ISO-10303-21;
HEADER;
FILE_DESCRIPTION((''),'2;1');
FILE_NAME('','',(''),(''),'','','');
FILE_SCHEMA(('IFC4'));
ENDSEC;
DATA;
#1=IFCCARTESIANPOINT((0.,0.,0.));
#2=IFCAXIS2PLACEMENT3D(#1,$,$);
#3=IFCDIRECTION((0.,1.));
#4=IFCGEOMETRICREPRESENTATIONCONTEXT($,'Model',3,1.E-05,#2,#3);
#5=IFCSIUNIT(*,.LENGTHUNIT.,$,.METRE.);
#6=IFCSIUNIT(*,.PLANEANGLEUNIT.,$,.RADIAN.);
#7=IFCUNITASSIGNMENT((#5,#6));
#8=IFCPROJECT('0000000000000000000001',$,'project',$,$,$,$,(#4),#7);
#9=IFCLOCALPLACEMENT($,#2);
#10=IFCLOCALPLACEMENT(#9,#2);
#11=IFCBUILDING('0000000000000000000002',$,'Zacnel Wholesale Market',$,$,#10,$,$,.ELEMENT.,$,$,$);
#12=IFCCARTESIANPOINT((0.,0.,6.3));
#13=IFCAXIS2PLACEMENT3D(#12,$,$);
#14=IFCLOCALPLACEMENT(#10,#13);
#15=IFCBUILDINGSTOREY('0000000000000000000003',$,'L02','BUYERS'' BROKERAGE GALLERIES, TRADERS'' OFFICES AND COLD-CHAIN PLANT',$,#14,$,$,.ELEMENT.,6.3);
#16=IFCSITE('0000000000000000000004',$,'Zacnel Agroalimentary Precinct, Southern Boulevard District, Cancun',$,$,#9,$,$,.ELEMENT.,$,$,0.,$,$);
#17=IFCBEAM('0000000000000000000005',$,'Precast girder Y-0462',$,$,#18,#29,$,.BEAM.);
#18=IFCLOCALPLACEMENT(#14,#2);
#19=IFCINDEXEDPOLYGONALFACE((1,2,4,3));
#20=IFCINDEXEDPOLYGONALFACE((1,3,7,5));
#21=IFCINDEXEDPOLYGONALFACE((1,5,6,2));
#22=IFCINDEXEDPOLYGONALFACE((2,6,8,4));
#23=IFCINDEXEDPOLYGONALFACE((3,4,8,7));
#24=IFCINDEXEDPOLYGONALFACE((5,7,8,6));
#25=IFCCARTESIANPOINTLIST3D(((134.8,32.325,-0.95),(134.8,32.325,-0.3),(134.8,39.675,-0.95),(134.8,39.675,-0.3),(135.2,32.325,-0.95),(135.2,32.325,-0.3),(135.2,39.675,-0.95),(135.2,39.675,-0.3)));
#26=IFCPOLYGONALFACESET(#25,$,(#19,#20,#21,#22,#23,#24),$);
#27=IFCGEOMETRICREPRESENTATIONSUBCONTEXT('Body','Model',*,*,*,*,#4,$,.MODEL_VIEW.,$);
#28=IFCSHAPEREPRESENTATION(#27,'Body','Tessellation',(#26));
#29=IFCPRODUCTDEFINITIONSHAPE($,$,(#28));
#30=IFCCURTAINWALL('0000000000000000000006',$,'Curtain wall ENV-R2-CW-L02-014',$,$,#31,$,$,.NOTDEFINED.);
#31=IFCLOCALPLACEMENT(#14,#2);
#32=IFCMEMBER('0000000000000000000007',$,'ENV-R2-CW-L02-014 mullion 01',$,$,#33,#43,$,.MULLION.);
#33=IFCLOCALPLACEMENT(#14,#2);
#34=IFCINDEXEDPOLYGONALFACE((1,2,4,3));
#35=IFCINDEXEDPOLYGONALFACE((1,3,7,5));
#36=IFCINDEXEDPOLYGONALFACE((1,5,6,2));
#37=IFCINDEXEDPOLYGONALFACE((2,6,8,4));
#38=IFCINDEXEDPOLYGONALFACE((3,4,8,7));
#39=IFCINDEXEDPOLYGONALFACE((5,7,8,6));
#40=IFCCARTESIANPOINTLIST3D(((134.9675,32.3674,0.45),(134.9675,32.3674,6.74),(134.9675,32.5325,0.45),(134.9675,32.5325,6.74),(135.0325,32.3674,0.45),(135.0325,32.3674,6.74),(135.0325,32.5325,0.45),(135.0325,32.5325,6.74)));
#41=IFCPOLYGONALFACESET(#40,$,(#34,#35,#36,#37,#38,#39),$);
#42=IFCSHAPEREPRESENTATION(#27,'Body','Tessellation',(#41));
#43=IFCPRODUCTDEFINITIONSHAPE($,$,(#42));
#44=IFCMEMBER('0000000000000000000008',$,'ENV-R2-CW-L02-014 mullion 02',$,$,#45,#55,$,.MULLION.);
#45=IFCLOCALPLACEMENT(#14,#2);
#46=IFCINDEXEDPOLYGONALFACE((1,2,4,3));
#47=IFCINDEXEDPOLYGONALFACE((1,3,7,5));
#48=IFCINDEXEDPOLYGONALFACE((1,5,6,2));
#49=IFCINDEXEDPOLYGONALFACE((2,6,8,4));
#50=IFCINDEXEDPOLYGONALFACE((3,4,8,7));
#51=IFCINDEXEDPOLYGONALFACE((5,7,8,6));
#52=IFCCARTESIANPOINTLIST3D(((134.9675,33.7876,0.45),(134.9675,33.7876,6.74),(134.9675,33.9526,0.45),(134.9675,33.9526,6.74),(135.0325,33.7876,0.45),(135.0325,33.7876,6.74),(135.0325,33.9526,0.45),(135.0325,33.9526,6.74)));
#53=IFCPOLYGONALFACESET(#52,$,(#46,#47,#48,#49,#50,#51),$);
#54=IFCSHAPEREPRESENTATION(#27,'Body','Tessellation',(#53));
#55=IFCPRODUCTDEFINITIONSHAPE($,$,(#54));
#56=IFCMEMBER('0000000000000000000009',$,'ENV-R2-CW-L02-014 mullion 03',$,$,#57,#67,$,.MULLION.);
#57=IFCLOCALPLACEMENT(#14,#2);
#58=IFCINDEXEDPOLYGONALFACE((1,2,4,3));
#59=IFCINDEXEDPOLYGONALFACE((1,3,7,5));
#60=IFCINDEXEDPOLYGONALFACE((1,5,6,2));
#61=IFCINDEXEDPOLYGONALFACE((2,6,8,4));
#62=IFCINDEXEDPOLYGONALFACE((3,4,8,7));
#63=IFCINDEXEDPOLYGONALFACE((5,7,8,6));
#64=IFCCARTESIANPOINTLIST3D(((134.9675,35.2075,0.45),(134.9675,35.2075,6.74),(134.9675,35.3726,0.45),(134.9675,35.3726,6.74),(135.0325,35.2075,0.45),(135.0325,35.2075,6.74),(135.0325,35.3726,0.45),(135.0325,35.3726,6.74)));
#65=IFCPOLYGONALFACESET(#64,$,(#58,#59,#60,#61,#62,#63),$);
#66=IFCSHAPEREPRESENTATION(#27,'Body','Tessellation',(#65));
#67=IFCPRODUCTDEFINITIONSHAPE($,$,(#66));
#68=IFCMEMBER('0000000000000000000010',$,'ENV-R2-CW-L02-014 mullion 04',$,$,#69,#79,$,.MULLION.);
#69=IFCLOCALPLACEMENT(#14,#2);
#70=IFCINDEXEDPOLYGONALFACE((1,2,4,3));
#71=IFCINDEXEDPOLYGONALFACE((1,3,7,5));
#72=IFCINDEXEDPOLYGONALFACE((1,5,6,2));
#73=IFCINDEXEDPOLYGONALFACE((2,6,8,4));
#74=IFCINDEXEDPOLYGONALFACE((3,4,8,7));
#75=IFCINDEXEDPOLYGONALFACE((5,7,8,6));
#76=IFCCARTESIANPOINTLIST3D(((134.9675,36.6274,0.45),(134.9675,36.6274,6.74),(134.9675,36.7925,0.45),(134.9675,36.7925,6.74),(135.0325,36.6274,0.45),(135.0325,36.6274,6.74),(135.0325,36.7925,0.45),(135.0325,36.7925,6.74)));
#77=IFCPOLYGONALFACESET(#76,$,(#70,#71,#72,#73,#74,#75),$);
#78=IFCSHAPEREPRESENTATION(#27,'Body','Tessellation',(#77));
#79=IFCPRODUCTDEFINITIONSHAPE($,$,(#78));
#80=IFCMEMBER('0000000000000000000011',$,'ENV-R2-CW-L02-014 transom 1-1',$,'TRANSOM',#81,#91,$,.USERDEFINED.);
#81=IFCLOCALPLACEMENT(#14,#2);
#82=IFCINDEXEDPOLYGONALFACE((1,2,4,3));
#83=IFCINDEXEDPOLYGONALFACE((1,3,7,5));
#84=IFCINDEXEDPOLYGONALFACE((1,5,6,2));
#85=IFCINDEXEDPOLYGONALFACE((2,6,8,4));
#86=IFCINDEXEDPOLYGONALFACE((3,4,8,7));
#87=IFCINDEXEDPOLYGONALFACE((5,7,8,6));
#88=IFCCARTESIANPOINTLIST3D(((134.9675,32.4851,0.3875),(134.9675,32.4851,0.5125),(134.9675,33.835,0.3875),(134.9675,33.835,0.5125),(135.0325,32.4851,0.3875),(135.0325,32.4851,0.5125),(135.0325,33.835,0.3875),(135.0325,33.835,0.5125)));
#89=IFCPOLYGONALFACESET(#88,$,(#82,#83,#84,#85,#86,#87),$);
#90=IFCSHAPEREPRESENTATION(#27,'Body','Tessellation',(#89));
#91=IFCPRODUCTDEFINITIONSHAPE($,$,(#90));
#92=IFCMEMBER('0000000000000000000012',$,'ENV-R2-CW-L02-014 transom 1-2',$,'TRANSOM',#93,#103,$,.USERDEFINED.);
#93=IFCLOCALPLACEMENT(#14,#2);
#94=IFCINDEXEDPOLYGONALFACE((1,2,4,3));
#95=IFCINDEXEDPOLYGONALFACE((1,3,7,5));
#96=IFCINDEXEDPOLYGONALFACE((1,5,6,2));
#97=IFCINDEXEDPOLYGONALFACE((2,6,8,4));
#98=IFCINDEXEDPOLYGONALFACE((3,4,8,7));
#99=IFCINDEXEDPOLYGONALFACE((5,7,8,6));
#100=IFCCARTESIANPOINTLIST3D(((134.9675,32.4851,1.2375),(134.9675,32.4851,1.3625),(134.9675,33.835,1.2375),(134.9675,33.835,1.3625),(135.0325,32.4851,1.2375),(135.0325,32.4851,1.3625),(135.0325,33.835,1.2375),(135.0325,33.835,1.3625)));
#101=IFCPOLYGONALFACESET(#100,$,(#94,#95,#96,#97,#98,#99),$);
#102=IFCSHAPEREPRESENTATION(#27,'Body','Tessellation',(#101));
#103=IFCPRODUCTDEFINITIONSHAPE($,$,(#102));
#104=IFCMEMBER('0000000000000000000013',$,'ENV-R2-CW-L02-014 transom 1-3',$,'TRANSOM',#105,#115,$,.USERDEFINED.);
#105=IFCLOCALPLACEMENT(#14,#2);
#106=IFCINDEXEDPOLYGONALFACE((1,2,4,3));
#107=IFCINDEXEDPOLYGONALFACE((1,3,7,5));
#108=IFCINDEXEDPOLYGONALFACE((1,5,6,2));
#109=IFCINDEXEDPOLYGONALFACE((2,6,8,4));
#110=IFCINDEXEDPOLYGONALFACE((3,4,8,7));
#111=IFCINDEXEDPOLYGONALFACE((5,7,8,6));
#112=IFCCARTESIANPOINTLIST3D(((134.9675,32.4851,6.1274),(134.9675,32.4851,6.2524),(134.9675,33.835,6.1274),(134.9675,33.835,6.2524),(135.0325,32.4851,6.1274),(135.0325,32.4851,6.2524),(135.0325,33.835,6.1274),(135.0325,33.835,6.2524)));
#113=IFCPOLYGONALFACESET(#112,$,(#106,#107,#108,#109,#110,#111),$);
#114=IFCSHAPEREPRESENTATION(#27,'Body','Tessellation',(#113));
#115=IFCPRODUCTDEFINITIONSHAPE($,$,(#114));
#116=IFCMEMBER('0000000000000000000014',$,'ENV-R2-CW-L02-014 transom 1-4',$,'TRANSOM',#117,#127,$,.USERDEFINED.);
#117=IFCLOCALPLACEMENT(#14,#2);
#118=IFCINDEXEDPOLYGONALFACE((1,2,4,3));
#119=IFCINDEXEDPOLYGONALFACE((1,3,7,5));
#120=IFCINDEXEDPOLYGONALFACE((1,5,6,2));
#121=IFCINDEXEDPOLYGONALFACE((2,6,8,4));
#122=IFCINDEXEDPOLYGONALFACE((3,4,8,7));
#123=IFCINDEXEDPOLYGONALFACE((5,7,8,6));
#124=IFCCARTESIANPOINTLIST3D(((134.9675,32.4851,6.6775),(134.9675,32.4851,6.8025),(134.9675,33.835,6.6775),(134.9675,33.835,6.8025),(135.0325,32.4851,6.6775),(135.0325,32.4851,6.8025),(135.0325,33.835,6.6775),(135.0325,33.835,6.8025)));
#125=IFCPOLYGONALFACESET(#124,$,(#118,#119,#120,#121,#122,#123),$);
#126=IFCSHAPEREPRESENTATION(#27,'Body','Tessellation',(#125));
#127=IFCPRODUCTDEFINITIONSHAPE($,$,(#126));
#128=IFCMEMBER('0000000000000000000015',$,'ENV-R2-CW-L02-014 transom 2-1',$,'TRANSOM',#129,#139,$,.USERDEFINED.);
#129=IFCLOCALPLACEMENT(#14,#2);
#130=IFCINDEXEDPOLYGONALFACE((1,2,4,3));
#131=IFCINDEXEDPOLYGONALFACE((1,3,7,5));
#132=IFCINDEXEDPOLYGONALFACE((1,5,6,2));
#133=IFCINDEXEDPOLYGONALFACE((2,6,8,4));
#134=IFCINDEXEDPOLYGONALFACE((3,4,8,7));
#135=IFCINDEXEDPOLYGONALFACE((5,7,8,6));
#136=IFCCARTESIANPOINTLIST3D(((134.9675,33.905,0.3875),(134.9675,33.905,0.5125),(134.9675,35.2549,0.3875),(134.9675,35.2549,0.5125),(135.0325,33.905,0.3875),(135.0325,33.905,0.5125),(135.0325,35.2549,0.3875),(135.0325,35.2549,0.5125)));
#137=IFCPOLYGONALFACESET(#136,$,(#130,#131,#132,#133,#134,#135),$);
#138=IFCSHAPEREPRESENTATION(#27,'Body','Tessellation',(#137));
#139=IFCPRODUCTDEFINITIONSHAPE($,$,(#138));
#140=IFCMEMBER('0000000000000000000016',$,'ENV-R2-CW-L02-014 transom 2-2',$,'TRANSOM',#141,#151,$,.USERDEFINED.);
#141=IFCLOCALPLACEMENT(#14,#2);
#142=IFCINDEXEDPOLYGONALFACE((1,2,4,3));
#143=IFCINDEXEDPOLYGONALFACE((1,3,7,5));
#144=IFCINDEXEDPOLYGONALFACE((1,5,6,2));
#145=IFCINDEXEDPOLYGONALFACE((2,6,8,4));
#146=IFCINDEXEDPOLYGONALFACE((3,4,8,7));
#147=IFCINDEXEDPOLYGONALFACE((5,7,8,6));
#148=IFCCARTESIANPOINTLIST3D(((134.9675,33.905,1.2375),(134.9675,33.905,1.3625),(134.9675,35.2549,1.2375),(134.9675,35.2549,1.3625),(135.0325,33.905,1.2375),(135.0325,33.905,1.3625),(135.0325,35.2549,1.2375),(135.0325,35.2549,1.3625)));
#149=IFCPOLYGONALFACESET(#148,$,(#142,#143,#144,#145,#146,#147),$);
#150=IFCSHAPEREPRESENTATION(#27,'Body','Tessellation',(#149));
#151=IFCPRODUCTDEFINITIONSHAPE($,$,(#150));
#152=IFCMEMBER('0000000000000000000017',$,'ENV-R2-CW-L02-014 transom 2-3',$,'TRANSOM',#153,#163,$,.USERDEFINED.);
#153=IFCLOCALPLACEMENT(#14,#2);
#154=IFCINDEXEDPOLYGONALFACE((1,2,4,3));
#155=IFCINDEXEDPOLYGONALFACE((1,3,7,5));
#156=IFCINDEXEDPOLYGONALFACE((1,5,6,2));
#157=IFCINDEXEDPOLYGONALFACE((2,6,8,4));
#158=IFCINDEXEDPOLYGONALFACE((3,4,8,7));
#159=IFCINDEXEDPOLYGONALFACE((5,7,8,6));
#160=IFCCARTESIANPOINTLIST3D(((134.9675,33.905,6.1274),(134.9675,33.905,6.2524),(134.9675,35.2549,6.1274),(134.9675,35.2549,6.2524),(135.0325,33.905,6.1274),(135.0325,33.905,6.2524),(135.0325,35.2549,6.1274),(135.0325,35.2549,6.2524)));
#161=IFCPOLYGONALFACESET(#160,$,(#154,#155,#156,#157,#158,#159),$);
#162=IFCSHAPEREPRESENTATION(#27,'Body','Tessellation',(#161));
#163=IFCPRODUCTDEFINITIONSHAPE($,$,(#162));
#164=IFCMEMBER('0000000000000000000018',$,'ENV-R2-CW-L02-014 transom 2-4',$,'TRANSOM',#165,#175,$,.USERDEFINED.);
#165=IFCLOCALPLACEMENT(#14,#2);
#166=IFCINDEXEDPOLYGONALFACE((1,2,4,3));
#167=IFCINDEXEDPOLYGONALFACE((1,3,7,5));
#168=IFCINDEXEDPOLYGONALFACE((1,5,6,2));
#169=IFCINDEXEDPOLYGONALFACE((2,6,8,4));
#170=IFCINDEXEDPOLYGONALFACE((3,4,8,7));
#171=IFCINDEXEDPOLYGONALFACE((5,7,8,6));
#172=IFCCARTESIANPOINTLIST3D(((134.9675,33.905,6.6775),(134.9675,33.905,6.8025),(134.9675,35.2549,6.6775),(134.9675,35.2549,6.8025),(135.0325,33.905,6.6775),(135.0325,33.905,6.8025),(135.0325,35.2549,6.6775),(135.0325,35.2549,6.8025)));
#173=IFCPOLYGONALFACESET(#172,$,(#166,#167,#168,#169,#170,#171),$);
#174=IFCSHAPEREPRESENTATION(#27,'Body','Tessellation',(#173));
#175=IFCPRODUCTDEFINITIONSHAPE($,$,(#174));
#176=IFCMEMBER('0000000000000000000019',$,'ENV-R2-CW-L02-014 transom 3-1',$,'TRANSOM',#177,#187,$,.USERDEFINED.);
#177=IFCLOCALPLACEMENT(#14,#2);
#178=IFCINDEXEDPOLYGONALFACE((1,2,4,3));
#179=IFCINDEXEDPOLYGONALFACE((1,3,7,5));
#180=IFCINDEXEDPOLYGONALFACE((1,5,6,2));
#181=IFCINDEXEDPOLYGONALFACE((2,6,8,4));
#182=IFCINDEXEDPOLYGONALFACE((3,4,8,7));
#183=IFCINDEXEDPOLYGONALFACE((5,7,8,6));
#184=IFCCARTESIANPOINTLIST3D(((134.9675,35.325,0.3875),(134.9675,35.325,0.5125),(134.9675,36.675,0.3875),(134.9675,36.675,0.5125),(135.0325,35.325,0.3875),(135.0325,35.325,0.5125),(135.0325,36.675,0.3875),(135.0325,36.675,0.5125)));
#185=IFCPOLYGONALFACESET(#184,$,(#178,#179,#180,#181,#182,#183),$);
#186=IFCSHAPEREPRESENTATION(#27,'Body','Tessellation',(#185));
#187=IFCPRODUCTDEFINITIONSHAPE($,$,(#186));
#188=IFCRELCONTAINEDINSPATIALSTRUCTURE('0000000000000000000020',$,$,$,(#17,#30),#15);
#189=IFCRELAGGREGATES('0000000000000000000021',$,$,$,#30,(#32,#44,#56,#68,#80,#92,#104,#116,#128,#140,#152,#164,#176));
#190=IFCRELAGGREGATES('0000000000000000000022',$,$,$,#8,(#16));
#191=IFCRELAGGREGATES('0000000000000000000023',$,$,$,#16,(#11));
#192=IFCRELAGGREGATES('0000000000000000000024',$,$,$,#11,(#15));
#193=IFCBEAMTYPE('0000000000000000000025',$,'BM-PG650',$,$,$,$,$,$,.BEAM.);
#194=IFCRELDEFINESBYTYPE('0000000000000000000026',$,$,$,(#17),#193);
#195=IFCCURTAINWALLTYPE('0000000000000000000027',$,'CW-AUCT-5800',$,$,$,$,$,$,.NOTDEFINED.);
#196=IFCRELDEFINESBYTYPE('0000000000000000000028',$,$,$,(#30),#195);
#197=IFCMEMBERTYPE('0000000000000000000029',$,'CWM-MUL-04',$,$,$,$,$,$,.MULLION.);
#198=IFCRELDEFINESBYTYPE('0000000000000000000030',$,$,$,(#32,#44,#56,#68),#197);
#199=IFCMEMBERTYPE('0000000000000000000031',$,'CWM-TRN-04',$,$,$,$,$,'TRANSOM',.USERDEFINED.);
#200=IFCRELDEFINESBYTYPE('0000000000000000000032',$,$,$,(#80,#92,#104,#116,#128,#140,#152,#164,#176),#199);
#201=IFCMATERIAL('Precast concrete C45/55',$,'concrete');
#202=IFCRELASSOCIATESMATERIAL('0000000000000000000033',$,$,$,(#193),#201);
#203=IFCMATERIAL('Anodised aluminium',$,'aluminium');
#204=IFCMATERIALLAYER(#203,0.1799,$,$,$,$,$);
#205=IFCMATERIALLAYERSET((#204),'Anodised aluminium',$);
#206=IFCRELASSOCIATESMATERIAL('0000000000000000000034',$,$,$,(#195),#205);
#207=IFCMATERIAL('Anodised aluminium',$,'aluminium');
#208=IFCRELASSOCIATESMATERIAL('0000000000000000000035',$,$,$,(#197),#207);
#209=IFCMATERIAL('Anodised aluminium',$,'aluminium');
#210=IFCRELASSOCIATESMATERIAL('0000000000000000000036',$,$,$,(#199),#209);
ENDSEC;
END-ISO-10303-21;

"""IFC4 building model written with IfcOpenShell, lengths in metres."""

from ifc_helpers import new_model, si_unit, direction, frame, origin, origin_2d, place, context, subcontext, project, spatial, rectangle, extrude, material, layer, layer_set, material_profile, profile_set, type_object, element, aggregate, save


model = new_model("IFC4")

# Units and contexts
model_context = context("Model", 3, precision=1e-05, world=origin(), true_north=direction((0.0, 1.0)))
body_context = subcontext(model_context, "Body", "Model", "MODEL_VIEW")
ifc_project = project(units=[si_unit("LENGTHUNIT", "METRE"), si_unit("PLANEANGLEUNIT", "RADIAN")], contexts=[model_context])

# Site, building, storey
site_placement = place(None, origin())
site = spatial("IfcSite", under=ifc_project, at=site_placement, Name="Zacnel Agroalimentary Precinct, Southern Boulevard District, Cancun", CompositionType="ELEMENT", RefElevation=0.0)
building_placement = place(site_placement, origin())
building = spatial("IfcBuilding", under=site, at=building_placement, Name="Zacnel Wholesale Market", CompositionType="ELEMENT")
storey_placement = place(building_placement, frame((0.0, 0.0, 6.3)))
storey = spatial("IfcBuildingStorey", under=building, at=storey_placement, Name="L02", Description="BUYERS' BROKERAGE GALLERIES, TRADERS' OFFICES AND COLD-CHAIN PLANT", CompositionType="ELEMENT", Elevation=6.3)

# Beam
ifc_material_1 = material(Name="Precast concrete C45/55", Category="concrete")
ifc_material_profile_1 = material_profile(ifc_material_1, rectangle(XDim=0.3999, YDim=0.6499, at=origin_2d()), Name="PG 400x650")
ifc_profile_set_1 = profile_set([ifc_material_profile_1], Name="Precast concrete C45/55")
beam_type = type_object("IfcBeamType", Name="BM-PG650", PredefinedType="BEAM", material=ifc_profile_set_1)
beam_placement = place(storey_placement, frame((135.0, 32.325, -0.625), z_axis=(0.0, 1.0, 0.0), x_axis=(-1.0, 0.0, 0.0)))
element("IfcBeam", 1, at=beam_placement, inside=storey, type_object=beam_type, Name="Precast girder Y-0462", PredefinedType="BEAM", context=body_context, shape_type="SweptSolid", body=[
    extrude(rectangle(XDim=0.3999, YDim=0.6499, at=origin_2d()), origin(), (0.0, 0.0, 1.0), 7.3501),
])

# Curtain wall, members
ifc_material_2 = material(Name="Anodised aluminium", Category="aluminium")
ifc_layer_1 = layer(ifc_material_2, 0.1799)
ifc_layer_set_1 = layer_set([ifc_layer_1], Name="Anodised aluminium")
curtain_wall_type = type_object("IfcCurtainWallType", Name="CW-AUCT-5800", PredefinedType="NOTDEFINED", material=ifc_layer_set_1)
curtain_wall_placement = place(storey_placement, origin())
curtain_wall = element("IfcCurtainWall", 2, at=curtain_wall_placement, inside=storey, type_object=curtain_wall_type, Name="Curtain wall ENV-R2-CW-L02-014", PredefinedType="NOTDEFINED")
ifc_material_3 = material(Name="Anodised aluminium", Category="aluminium")
ifc_material_profile_2 = material_profile(ifc_material_3, rectangle(XDim=0.0649, YDim=0.165, at=origin_2d()), Name="AW-MULLION 65x165")
ifc_profile_set_2 = profile_set([ifc_material_profile_2], Name="Anodised aluminium")
member_type_1 = type_object("IfcMemberType", Name="CWM-MUL-04", PredefinedType="MULLION", material=ifc_profile_set_2)
member_1_placement = place(storey_placement, frame((135.0, 32.45, 0.45), z_axis=(0.0, 0.0, 1.0), x_axis=(1.0, 0.0, 0.0)))
member_1 = element("IfcMember", 3, at=member_1_placement, type_object=member_type_1, Name="ENV-R2-CW-L02-014 mullion 01", PredefinedType="MULLION", context=body_context, shape_type="SweptSolid", body=[
    extrude(rectangle(XDim=0.0649, YDim=0.165, at=origin_2d()), origin(), (0.0, 0.0, 1.0), 6.29),
])
member_2_placement = place(storey_placement, frame((135.0, 33.8701, 0.45), z_axis=(0.0, 0.0, 1.0), x_axis=(1.0, 0.0, 0.0)))
member_2 = element("IfcMember", 4, at=member_2_placement, type_object=member_type_1, Name="ENV-R2-CW-L02-014 mullion 02", PredefinedType="MULLION", context=body_context, shape_type="SweptSolid", body=[
    extrude(rectangle(XDim=0.0649, YDim=0.165, at=origin_2d()), origin(), (0.0, 0.0, 1.0), 6.29),
])
member_3_placement = place(storey_placement, frame((135.0, 35.29, 0.45), z_axis=(0.0, 0.0, 1.0), x_axis=(1.0, 0.0, 0.0)))
member_3 = element("IfcMember", 5, at=member_3_placement, type_object=member_type_1, Name="ENV-R2-CW-L02-014 mullion 03", PredefinedType="MULLION", context=body_context, shape_type="SweptSolid", body=[
    extrude(rectangle(XDim=0.0649, YDim=0.165, at=origin_2d()), origin(), (0.0, 0.0, 1.0), 6.29),
])
member_4_placement = place(storey_placement, frame((135.0, 36.71, 0.45), z_axis=(0.0, 0.0, 1.0), x_axis=(1.0, 0.0, 0.0)))
member_4 = element("IfcMember", 6, at=member_4_placement, type_object=member_type_1, Name="ENV-R2-CW-L02-014 mullion 04", PredefinedType="MULLION", context=body_context, shape_type="SweptSolid", body=[
    extrude(rectangle(XDim=0.0649, YDim=0.165, at=origin_2d()), origin(), (0.0, 0.0, 1.0), 6.29),
])
ifc_material_4 = material(Name="Anodised aluminium", Category="aluminium")
ifc_material_profile_3 = material_profile(ifc_material_4, rectangle(XDim=0.0649, YDim=0.125, at=origin_2d()), Name="AW-TRANSOM 65x125")
ifc_profile_set_3 = profile_set([ifc_material_profile_3], Name="Anodised aluminium")
member_type_2 = type_object("IfcMemberType", Name="CWM-TRN-04", ElementType="TRANSOM", PredefinedType="USERDEFINED", material=ifc_profile_set_3)
member_5_placement = place(storey_placement, frame((135.0, 32.4851, 0.45), z_axis=(0.0, 1.0, 0.0), x_axis=(-1.0, 0.0, 0.0)))
member_5 = element("IfcMember", 7, at=member_5_placement, type_object=member_type_2, Name="ENV-R2-CW-L02-014 transom 1-1", ObjectType="TRANSOM", PredefinedType="USERDEFINED", context=body_context, shape_type="SweptSolid", body=[
    extrude(rectangle(XDim=0.0649, YDim=0.125, at=origin_2d()), origin(), (0.0, 0.0, 1.0), 1.3499),
])
member_6_placement = place(storey_placement, frame((135.0, 32.4851, 1.3), z_axis=(0.0, 1.0, 0.0), x_axis=(-1.0, 0.0, 0.0)))
member_6 = element("IfcMember", 8, at=member_6_placement, type_object=member_type_2, Name="ENV-R2-CW-L02-014 transom 1-2", ObjectType="TRANSOM", PredefinedType="USERDEFINED", context=body_context, shape_type="SweptSolid", body=[
    extrude(rectangle(XDim=0.0649, YDim=0.125, at=origin_2d()), origin(), (0.0, 0.0, 1.0), 1.3499),
])
member_7_placement = place(storey_placement, frame((135.0, 32.4851, 6.1899), z_axis=(0.0, 1.0, 0.0), x_axis=(-1.0, 0.0, 0.0)))
member_7 = element("IfcMember", 9, at=member_7_placement, type_object=member_type_2, Name="ENV-R2-CW-L02-014 transom 1-3", ObjectType="TRANSOM", PredefinedType="USERDEFINED", context=body_context, shape_type="SweptSolid", body=[
    extrude(rectangle(XDim=0.0649, YDim=0.125, at=origin_2d()), origin(), (0.0, 0.0, 1.0), 1.3499),
])
member_8_placement = place(storey_placement, frame((135.0, 32.4851, 6.74), z_axis=(0.0, 1.0, 0.0), x_axis=(-1.0, 0.0, 0.0)))
member_8 = element("IfcMember", 10, at=member_8_placement, type_object=member_type_2, Name="ENV-R2-CW-L02-014 transom 1-4", ObjectType="TRANSOM", PredefinedType="USERDEFINED", context=body_context, shape_type="SweptSolid", body=[
    extrude(rectangle(XDim=0.0649, YDim=0.125, at=origin_2d()), origin(), (0.0, 0.0, 1.0), 1.3499),
])
member_9_placement = place(storey_placement, frame((135.0, 33.905, 0.45), z_axis=(0.0, 1.0, 0.0), x_axis=(-1.0, 0.0, 0.0)))
member_9 = element("IfcMember", 11, at=member_9_placement, type_object=member_type_2, Name="ENV-R2-CW-L02-014 transom 2-1", ObjectType="TRANSOM", PredefinedType="USERDEFINED", context=body_context, shape_type="SweptSolid", body=[
    extrude(rectangle(XDim=0.0649, YDim=0.125, at=origin_2d()), origin(), (0.0, 0.0, 1.0), 1.3499),
])
member_10_placement = place(storey_placement, frame((135.0, 33.905, 1.3), z_axis=(0.0, 1.0, 0.0), x_axis=(-1.0, 0.0, 0.0)))
member_10 = element("IfcMember", 12, at=member_10_placement, type_object=member_type_2, Name="ENV-R2-CW-L02-014 transom 2-2", ObjectType="TRANSOM", PredefinedType="USERDEFINED", context=body_context, shape_type="SweptSolid", body=[
    extrude(rectangle(XDim=0.0649, YDim=0.125, at=origin_2d()), origin(), (0.0, 0.0, 1.0), 1.3499),
])
member_11_placement = place(storey_placement, frame((135.0, 33.905, 6.1899), z_axis=(0.0, 1.0, 0.0), x_axis=(-1.0, 0.0, 0.0)))
member_11 = element("IfcMember", 13, at=member_11_placement, type_object=member_type_2, Name="ENV-R2-CW-L02-014 transom 2-3", ObjectType="TRANSOM", PredefinedType="USERDEFINED", context=body_context, shape_type="SweptSolid", body=[
    extrude(rectangle(XDim=0.0649, YDim=0.125, at=origin_2d()), origin(), (0.0, 0.0, 1.0), 1.3499),
])
member_12_placement = place(storey_placement, frame((135.0, 33.905, 6.74), z_axis=(0.0, 1.0, 0.0), x_axis=(-1.0, 0.0, 0.0)))
member_12 = element("IfcMember", 14, at=member_12_placement, type_object=member_type_2, Name="ENV-R2-CW-L02-014 transom 2-4", ObjectType="TRANSOM", PredefinedType="USERDEFINED", context=body_context, shape_type="SweptSolid", body=[
    extrude(rectangle(XDim=0.0649, YDim=0.125, at=origin_2d()), origin(), (0.0, 0.0, 1.0), 1.3499),
])
member_13_placement = place(storey_placement, frame((135.0, 35.325, 0.45), z_axis=(0.0, 1.0, 0.0), x_axis=(-1.0, 0.0, 0.0)))
member_13 = element("IfcMember", 15, at=member_13_placement, type_object=member_type_2, Name="ENV-R2-CW-L02-014 transom 3-1", ObjectType="TRANSOM", PredefinedType="USERDEFINED", context=body_context, shape_type="SweptSolid", body=[
    extrude(rectangle(XDim=0.0649, YDim=0.125, at=origin_2d()), origin(), (0.0, 0.0, 1.0), 1.3501),
])
aggregate(curtain_wall, [member_1, member_2, member_3, member_4, member_5, member_6, member_7, member_8, member_9, member_10, member_11, member_12, member_13])

save(model, "model.ifc")
